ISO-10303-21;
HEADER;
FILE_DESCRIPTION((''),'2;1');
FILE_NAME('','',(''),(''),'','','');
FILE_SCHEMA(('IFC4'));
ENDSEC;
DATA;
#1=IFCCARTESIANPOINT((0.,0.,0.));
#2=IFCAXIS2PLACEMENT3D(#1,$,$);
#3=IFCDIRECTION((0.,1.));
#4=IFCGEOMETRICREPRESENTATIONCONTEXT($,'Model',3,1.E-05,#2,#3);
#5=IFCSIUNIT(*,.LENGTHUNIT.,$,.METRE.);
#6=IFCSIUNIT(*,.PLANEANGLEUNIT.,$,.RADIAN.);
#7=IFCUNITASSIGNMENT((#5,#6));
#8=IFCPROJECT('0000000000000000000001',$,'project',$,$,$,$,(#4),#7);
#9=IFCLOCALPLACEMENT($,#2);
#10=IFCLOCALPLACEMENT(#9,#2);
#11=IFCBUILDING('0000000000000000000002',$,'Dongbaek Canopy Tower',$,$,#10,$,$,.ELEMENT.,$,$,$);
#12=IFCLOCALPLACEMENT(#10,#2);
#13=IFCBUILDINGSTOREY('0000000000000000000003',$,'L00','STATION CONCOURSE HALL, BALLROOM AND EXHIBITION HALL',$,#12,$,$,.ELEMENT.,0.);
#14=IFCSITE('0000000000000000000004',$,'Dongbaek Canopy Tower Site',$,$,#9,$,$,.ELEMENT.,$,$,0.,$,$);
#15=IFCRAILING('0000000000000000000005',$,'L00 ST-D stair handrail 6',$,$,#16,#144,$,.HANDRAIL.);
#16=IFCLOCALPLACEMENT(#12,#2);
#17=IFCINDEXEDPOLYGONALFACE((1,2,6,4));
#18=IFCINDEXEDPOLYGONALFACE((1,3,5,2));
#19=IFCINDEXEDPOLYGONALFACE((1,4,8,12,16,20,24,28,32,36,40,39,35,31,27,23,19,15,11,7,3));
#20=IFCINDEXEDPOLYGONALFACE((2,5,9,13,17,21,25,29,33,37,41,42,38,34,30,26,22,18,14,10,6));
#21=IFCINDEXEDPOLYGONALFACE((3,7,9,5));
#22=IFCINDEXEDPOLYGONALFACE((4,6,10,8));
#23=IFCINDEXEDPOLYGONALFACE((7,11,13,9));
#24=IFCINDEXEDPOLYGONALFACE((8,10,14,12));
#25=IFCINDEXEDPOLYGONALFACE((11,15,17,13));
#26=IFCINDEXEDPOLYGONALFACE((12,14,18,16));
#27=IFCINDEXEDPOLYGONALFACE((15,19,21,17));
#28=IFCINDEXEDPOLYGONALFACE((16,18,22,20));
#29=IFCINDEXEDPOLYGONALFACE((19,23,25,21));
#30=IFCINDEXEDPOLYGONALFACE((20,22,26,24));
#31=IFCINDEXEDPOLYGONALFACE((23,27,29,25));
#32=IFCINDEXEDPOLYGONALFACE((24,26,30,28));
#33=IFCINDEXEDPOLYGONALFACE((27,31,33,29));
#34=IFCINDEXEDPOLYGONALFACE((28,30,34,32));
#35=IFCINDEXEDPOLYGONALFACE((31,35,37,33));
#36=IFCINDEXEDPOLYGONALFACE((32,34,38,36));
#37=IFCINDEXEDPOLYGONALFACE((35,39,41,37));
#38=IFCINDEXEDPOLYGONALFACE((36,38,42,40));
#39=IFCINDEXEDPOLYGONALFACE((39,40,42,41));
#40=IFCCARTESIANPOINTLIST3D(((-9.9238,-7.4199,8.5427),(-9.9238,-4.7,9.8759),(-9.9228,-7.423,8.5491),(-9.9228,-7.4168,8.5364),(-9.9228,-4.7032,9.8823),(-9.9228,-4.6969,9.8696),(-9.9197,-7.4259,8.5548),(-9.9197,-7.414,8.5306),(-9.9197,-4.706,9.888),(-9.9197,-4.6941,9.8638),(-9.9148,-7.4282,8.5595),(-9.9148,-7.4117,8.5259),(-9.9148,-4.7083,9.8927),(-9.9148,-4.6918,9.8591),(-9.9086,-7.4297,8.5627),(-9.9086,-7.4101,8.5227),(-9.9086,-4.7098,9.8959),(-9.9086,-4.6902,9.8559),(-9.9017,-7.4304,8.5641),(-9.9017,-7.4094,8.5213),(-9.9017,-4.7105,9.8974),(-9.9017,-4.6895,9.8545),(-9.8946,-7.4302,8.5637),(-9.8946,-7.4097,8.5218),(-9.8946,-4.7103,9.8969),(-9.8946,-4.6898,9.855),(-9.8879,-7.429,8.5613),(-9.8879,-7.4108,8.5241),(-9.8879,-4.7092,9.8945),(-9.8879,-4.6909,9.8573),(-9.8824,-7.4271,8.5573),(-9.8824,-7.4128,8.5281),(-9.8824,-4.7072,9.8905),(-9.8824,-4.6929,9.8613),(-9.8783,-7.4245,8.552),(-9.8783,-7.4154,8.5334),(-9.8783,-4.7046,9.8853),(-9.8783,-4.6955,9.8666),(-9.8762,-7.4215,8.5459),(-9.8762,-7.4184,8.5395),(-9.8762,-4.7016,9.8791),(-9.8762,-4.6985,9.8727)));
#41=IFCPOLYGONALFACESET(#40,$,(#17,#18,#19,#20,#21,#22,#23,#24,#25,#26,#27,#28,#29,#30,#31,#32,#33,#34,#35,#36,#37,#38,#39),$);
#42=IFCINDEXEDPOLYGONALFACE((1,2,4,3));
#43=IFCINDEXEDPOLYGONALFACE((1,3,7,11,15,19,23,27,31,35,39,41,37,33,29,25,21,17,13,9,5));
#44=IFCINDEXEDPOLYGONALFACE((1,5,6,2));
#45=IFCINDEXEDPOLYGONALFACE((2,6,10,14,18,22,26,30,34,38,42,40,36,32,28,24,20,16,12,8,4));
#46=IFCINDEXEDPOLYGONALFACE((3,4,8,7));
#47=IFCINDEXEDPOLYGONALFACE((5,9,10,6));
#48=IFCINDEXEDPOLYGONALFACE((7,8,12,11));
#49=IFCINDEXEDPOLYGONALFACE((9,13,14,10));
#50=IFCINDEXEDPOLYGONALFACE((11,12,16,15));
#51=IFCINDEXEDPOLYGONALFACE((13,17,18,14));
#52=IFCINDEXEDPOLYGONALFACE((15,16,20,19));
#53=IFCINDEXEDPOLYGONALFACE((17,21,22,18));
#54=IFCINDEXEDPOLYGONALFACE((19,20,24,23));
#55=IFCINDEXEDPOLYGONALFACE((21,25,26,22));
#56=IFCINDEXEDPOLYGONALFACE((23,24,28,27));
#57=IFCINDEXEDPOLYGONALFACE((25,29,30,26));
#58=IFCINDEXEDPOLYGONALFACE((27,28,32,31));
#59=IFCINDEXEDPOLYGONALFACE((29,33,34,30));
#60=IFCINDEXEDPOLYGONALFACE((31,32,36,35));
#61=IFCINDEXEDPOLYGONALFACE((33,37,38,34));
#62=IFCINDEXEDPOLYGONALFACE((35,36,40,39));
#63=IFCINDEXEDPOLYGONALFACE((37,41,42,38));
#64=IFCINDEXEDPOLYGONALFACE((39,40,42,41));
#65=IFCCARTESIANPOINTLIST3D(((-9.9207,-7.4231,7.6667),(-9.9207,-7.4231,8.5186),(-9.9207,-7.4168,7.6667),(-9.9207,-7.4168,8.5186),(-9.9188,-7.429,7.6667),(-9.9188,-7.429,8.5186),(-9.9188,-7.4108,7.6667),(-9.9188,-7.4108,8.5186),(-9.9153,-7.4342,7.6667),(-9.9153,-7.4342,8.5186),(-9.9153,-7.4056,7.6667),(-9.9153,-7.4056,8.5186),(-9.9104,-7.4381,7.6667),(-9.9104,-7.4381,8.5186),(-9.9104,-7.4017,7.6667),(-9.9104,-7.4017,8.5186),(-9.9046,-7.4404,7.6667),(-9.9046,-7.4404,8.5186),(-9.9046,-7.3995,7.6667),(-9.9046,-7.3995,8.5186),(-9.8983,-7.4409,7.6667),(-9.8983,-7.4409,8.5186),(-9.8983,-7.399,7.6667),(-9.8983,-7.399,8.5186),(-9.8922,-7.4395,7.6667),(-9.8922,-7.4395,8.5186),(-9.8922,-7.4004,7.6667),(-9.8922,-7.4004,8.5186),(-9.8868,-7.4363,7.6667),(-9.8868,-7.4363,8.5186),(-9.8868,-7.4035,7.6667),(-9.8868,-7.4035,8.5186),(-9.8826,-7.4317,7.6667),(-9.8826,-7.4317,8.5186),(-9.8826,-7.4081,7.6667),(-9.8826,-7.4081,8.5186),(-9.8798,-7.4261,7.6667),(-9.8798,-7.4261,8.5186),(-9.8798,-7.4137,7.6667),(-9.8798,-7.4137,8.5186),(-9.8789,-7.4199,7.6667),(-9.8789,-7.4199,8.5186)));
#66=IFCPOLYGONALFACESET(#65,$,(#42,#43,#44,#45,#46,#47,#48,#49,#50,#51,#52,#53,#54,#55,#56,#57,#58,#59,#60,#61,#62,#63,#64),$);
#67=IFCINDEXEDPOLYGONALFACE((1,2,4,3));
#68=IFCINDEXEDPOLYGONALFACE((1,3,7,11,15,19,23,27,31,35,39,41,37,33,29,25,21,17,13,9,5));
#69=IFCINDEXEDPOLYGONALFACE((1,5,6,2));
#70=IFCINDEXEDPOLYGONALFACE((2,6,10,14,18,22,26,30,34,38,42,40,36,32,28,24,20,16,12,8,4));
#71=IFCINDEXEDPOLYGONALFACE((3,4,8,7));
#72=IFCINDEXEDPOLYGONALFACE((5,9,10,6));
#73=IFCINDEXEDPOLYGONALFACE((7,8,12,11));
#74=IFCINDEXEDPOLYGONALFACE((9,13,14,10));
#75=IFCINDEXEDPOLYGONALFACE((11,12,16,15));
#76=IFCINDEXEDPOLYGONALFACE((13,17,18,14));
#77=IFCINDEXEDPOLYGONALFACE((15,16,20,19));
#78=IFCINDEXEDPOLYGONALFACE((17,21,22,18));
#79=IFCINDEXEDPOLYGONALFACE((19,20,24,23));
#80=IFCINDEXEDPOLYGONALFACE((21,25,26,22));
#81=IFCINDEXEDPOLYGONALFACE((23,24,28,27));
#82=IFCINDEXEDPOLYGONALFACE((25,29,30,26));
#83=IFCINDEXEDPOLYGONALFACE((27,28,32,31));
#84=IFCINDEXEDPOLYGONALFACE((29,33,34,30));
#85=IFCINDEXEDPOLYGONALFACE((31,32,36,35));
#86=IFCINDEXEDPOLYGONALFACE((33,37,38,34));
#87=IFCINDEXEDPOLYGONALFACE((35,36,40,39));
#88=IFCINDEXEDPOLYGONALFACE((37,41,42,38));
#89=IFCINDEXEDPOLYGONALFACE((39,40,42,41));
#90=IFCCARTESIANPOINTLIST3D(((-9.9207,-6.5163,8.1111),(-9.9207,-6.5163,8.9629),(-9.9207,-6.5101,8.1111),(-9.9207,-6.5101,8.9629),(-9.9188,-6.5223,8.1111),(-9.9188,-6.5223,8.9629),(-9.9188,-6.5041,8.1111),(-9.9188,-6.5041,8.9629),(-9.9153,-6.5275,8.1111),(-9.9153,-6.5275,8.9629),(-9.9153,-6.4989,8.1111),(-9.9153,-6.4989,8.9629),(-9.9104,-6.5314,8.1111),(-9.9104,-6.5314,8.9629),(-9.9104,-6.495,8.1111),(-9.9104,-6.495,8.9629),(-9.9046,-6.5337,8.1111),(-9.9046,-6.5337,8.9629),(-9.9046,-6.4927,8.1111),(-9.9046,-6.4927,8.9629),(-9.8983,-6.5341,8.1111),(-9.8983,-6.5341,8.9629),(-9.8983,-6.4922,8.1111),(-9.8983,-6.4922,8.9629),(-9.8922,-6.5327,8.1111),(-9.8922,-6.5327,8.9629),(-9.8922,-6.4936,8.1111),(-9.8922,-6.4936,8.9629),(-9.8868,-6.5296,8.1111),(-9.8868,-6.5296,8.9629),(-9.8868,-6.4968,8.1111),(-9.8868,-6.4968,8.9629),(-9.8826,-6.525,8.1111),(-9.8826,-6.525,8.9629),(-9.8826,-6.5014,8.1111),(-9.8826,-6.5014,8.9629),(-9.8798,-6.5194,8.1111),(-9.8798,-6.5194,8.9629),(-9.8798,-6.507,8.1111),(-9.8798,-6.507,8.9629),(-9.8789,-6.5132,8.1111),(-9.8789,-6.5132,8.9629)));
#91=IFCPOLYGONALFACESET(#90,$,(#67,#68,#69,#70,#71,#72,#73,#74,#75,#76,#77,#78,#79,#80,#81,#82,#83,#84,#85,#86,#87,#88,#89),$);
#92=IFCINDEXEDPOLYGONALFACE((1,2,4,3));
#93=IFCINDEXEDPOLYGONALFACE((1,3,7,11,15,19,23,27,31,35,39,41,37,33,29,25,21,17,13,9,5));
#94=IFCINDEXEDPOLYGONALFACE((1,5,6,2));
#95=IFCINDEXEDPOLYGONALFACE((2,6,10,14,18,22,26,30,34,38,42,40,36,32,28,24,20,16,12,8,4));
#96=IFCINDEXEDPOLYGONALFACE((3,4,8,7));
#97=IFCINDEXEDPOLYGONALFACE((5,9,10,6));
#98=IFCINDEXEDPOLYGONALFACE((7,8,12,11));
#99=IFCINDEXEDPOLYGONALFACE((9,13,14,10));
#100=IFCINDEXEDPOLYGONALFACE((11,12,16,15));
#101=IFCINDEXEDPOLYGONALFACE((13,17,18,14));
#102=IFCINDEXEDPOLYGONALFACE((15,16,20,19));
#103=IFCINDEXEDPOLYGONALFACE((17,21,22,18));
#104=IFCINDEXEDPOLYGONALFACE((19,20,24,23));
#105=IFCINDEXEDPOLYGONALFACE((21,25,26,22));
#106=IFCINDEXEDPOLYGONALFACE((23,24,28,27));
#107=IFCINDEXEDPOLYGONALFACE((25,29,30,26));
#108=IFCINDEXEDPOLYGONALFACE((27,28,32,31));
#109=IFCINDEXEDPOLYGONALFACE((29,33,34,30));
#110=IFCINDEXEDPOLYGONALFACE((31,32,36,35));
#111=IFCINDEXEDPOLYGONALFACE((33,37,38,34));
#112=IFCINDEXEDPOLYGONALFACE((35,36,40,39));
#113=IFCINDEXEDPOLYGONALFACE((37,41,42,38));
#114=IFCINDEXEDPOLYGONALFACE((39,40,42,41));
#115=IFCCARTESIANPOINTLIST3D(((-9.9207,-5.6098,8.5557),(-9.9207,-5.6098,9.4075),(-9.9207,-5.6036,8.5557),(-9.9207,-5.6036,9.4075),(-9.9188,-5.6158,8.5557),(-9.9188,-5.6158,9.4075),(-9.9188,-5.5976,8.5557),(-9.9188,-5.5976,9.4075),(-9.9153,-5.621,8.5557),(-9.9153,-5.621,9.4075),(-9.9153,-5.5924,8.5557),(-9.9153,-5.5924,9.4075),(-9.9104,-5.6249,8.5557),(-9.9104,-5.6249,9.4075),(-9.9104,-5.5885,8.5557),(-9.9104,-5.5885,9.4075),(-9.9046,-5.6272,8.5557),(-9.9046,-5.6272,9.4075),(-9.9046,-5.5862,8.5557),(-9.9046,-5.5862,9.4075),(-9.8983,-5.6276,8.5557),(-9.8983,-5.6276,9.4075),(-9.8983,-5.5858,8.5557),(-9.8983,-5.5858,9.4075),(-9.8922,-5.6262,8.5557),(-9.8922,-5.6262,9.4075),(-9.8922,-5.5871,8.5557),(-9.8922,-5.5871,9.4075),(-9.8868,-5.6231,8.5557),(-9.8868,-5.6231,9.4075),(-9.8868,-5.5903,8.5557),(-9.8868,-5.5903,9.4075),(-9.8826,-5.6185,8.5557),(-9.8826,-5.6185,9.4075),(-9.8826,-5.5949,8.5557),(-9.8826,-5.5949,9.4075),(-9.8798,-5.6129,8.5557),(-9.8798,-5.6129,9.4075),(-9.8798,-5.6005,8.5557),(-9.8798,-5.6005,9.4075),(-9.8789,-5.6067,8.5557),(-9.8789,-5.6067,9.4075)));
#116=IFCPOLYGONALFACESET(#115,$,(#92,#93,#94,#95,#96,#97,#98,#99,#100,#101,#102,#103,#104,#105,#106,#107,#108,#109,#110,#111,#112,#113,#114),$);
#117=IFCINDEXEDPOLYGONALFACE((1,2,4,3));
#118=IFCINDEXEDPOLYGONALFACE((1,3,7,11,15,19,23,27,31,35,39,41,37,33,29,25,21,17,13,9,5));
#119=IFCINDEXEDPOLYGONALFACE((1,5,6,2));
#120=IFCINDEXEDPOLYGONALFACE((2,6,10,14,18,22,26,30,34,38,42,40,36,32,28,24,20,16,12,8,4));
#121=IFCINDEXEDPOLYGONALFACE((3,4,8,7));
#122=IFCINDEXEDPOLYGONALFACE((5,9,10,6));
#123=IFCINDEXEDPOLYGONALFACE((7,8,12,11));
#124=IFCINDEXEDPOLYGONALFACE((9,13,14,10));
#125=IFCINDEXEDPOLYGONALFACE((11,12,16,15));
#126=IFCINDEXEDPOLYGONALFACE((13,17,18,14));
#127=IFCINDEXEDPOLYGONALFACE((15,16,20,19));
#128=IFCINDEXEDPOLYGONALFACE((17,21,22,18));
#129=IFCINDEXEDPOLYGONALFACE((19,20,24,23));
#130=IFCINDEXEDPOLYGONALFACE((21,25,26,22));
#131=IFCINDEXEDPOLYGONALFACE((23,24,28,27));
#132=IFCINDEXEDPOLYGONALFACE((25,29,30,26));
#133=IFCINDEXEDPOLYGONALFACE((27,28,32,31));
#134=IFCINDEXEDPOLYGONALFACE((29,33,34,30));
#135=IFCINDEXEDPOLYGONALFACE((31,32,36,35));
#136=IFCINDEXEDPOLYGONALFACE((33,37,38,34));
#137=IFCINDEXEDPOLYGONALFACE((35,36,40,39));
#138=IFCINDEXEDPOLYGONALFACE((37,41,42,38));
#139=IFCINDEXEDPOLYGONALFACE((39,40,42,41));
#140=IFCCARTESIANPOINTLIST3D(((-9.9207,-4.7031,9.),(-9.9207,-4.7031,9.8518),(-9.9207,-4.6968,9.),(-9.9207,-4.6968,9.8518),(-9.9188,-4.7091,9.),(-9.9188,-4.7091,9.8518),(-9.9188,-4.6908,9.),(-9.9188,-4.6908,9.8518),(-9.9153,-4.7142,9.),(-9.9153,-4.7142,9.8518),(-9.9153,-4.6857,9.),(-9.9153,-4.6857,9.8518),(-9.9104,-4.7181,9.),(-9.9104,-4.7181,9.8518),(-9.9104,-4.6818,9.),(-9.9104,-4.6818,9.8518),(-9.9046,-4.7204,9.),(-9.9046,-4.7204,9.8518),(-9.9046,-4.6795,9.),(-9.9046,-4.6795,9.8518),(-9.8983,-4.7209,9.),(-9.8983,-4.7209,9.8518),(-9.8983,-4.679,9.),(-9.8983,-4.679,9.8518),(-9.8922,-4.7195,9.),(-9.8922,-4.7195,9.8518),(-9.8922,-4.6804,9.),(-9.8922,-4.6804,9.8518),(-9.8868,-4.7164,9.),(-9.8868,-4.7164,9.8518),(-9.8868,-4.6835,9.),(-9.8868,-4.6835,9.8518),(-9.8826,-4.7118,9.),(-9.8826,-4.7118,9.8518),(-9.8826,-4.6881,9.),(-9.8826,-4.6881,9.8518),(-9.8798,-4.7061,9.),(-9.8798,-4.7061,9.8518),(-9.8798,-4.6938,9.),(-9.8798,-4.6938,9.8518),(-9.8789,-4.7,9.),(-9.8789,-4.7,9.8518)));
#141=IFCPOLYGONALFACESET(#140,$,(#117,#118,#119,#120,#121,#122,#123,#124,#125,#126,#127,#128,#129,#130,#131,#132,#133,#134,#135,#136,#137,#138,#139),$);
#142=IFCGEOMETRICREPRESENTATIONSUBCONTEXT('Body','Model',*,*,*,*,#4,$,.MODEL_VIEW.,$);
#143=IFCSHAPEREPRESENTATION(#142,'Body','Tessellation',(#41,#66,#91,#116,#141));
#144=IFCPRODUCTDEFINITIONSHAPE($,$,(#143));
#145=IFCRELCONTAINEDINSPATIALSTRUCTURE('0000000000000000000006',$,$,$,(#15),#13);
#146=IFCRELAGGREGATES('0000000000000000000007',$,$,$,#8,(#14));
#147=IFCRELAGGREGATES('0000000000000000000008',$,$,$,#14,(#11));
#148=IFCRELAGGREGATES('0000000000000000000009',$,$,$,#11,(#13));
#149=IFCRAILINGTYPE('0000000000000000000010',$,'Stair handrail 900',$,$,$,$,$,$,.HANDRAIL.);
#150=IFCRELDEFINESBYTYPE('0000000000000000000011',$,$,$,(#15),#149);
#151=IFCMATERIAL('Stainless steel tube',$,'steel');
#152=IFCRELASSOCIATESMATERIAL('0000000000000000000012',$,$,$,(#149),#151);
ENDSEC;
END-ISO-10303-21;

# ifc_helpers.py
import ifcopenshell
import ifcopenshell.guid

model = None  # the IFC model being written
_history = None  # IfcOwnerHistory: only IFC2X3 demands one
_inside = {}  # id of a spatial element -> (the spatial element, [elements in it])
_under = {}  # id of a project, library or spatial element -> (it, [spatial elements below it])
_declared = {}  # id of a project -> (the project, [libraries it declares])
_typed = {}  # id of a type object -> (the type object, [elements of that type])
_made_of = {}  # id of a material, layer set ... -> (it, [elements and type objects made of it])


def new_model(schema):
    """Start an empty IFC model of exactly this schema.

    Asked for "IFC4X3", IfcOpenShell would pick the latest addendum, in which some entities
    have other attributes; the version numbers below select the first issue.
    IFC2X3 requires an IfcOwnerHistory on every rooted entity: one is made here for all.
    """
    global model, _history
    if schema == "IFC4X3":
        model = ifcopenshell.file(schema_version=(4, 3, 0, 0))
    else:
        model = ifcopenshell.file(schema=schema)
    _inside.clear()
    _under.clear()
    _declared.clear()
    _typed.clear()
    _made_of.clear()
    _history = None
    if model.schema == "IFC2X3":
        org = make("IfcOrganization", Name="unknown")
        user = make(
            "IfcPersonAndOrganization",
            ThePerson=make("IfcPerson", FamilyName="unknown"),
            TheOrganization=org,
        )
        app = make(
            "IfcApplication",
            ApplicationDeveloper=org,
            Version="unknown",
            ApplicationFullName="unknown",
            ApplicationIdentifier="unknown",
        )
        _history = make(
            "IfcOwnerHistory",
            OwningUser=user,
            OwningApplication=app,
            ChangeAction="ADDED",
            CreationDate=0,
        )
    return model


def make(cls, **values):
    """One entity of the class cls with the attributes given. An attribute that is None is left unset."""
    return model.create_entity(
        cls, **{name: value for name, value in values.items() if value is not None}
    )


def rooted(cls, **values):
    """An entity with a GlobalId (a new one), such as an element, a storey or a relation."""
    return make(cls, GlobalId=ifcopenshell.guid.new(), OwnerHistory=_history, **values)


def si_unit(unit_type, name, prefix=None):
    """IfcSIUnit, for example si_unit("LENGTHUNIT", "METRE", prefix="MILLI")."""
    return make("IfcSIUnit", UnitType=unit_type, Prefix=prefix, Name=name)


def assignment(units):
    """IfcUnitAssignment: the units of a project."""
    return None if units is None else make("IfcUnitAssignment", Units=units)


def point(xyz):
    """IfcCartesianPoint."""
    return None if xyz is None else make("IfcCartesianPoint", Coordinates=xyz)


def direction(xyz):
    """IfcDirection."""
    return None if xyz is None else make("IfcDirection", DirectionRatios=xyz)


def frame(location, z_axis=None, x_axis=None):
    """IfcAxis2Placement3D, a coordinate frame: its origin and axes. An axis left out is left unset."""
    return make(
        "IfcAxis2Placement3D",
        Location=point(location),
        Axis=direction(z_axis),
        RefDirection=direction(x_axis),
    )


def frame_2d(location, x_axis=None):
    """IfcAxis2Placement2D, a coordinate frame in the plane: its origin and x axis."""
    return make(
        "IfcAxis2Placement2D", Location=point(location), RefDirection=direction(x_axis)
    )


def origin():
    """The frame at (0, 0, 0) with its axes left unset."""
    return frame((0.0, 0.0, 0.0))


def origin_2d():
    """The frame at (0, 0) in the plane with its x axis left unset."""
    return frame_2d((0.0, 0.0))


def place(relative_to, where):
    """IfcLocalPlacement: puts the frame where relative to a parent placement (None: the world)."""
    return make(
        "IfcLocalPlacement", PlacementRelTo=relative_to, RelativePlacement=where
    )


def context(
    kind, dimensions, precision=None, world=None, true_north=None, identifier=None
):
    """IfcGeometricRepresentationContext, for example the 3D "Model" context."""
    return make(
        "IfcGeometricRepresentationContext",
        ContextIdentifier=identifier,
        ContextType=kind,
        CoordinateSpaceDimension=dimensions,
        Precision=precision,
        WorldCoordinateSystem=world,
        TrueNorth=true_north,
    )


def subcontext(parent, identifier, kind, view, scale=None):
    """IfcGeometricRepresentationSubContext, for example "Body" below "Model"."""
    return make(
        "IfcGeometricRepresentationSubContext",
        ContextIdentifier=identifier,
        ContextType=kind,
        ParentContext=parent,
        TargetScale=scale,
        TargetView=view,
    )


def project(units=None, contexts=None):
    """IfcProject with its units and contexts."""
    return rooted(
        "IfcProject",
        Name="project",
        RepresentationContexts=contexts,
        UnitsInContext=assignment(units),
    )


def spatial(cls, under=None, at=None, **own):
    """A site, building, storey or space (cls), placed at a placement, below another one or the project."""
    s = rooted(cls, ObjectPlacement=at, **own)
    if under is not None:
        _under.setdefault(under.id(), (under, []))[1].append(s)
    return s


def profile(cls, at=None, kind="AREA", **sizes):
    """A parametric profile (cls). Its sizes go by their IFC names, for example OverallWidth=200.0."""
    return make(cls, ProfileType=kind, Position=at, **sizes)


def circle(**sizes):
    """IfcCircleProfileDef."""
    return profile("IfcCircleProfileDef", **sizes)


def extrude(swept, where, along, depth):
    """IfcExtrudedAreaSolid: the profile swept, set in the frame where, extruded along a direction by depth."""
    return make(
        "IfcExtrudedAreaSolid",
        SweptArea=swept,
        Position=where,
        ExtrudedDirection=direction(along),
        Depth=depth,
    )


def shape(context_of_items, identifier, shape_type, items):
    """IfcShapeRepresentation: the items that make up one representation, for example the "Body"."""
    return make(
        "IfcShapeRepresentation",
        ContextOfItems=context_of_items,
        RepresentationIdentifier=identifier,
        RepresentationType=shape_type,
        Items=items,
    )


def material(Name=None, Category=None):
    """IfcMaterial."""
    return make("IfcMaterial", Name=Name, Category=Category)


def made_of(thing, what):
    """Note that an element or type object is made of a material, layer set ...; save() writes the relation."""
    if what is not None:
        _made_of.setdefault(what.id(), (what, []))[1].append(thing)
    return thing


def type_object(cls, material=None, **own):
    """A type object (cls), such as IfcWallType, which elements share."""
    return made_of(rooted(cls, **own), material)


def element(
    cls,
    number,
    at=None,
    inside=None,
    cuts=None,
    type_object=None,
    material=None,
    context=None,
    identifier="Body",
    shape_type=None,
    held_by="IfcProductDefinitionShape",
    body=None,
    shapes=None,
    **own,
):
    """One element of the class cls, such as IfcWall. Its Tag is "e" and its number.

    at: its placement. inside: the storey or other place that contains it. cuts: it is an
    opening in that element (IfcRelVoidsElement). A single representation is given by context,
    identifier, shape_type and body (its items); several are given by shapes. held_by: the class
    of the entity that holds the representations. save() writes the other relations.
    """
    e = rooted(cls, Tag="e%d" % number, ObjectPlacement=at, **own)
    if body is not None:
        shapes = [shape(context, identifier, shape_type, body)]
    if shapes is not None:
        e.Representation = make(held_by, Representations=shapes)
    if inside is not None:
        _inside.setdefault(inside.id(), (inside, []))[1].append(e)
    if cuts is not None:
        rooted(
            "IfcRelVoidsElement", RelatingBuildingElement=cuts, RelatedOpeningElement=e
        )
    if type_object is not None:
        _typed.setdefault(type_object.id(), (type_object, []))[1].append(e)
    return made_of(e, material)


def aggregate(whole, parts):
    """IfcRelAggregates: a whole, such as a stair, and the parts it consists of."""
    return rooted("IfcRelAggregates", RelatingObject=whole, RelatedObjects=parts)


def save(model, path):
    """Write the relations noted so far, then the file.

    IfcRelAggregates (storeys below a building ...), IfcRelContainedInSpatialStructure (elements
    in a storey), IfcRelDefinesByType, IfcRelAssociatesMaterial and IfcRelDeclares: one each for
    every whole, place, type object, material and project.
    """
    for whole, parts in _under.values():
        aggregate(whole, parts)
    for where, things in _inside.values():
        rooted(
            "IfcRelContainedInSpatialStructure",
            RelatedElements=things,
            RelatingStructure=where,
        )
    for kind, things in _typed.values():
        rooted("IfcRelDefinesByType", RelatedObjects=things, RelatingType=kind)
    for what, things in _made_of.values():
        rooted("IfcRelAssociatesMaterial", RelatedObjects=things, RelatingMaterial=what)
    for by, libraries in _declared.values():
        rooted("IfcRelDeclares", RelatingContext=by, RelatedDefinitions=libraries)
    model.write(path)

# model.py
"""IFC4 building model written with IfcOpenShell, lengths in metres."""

from ifc_helpers import new_model, si_unit, direction, frame, origin, origin_2d, place, context, subcontext, project, spatial, circle, extrude, material, type_object, element, save


model = new_model("IFC4")

# Units and contexts
model_context = context("Model", 3, precision=1e-05, world=origin(), true_north=direction((0.0, 1.0)))
body_context = subcontext(model_context, "Body", "Model", "MODEL_VIEW")
ifc_project = project(units=[si_unit("LENGTHUNIT", "METRE"), si_unit("PLANEANGLEUNIT", "RADIAN")], contexts=[model_context])

# Site, building, storey
site_placement = place(None, origin())
site = spatial("IfcSite", under=ifc_project, at=site_placement, Name="Dongbaek Canopy Tower Site", CompositionType="ELEMENT", RefElevation=0.0)
building_placement = place(site_placement, origin())
building = spatial("IfcBuilding", under=site, at=building_placement, Name="Dongbaek Canopy Tower", CompositionType="ELEMENT")
storey_placement = place(building_placement, origin())
storey = spatial("IfcBuildingStorey", under=building, at=storey_placement, Name="L00", Description="STATION CONCOURSE HALL, BALLROOM AND EXHIBITION HALL", CompositionType="ELEMENT", Elevation=0.0)

# Railing
ifc_material_1 = material(Name="Stainless steel tube", Category="steel")
railing_type_1 = type_object("IfcRailingType", Name="Stair handrail 900", PredefinedType="HANDRAIL", material=ifc_material_1)
railing_1_placement = place(storey_placement, frame((-9.8999, -7.4199, 7.6667)))
element("IfcRailing", 1, at=railing_1_placement, inside=storey, type_object=railing_type_1, Name="L00 ST-D stair handrail 6", PredefinedType="HANDRAIL", context=body_context, shape_type="SweptSolid", body=[
    extrude(circle(Radius=0.0239, at=origin_2d()), frame((0.0, 0.0, 0.876), z_axis=(0.0, 0.897929, 0.440139), x_axis=(-1.0, 0.0, 0.0)), (0.0, 0.0, 1.0), 3.0291),
    extrude(circle(Radius=0.021, at=origin_2d()), origin(), (0.0, 0.0, 1.0), 0.8518),
    extrude(circle(Radius=0.021, at=origin_2d()), frame((0.0, 0.9067, 0.4443)), (0.0, 0.0, 1.0), 0.8518),
    extrude(circle(Radius=0.021, at=origin_2d()), frame((0.0, 1.8132, 0.8889)), (0.0, 0.0, 1.0), 0.8518),
    extrude(circle(Radius=0.021, at=origin_2d()), frame((0.0, 2.72, 1.3333)), (0.0, 0.0, 1.0), 0.8518),
])

save(model, "model.ifc")
